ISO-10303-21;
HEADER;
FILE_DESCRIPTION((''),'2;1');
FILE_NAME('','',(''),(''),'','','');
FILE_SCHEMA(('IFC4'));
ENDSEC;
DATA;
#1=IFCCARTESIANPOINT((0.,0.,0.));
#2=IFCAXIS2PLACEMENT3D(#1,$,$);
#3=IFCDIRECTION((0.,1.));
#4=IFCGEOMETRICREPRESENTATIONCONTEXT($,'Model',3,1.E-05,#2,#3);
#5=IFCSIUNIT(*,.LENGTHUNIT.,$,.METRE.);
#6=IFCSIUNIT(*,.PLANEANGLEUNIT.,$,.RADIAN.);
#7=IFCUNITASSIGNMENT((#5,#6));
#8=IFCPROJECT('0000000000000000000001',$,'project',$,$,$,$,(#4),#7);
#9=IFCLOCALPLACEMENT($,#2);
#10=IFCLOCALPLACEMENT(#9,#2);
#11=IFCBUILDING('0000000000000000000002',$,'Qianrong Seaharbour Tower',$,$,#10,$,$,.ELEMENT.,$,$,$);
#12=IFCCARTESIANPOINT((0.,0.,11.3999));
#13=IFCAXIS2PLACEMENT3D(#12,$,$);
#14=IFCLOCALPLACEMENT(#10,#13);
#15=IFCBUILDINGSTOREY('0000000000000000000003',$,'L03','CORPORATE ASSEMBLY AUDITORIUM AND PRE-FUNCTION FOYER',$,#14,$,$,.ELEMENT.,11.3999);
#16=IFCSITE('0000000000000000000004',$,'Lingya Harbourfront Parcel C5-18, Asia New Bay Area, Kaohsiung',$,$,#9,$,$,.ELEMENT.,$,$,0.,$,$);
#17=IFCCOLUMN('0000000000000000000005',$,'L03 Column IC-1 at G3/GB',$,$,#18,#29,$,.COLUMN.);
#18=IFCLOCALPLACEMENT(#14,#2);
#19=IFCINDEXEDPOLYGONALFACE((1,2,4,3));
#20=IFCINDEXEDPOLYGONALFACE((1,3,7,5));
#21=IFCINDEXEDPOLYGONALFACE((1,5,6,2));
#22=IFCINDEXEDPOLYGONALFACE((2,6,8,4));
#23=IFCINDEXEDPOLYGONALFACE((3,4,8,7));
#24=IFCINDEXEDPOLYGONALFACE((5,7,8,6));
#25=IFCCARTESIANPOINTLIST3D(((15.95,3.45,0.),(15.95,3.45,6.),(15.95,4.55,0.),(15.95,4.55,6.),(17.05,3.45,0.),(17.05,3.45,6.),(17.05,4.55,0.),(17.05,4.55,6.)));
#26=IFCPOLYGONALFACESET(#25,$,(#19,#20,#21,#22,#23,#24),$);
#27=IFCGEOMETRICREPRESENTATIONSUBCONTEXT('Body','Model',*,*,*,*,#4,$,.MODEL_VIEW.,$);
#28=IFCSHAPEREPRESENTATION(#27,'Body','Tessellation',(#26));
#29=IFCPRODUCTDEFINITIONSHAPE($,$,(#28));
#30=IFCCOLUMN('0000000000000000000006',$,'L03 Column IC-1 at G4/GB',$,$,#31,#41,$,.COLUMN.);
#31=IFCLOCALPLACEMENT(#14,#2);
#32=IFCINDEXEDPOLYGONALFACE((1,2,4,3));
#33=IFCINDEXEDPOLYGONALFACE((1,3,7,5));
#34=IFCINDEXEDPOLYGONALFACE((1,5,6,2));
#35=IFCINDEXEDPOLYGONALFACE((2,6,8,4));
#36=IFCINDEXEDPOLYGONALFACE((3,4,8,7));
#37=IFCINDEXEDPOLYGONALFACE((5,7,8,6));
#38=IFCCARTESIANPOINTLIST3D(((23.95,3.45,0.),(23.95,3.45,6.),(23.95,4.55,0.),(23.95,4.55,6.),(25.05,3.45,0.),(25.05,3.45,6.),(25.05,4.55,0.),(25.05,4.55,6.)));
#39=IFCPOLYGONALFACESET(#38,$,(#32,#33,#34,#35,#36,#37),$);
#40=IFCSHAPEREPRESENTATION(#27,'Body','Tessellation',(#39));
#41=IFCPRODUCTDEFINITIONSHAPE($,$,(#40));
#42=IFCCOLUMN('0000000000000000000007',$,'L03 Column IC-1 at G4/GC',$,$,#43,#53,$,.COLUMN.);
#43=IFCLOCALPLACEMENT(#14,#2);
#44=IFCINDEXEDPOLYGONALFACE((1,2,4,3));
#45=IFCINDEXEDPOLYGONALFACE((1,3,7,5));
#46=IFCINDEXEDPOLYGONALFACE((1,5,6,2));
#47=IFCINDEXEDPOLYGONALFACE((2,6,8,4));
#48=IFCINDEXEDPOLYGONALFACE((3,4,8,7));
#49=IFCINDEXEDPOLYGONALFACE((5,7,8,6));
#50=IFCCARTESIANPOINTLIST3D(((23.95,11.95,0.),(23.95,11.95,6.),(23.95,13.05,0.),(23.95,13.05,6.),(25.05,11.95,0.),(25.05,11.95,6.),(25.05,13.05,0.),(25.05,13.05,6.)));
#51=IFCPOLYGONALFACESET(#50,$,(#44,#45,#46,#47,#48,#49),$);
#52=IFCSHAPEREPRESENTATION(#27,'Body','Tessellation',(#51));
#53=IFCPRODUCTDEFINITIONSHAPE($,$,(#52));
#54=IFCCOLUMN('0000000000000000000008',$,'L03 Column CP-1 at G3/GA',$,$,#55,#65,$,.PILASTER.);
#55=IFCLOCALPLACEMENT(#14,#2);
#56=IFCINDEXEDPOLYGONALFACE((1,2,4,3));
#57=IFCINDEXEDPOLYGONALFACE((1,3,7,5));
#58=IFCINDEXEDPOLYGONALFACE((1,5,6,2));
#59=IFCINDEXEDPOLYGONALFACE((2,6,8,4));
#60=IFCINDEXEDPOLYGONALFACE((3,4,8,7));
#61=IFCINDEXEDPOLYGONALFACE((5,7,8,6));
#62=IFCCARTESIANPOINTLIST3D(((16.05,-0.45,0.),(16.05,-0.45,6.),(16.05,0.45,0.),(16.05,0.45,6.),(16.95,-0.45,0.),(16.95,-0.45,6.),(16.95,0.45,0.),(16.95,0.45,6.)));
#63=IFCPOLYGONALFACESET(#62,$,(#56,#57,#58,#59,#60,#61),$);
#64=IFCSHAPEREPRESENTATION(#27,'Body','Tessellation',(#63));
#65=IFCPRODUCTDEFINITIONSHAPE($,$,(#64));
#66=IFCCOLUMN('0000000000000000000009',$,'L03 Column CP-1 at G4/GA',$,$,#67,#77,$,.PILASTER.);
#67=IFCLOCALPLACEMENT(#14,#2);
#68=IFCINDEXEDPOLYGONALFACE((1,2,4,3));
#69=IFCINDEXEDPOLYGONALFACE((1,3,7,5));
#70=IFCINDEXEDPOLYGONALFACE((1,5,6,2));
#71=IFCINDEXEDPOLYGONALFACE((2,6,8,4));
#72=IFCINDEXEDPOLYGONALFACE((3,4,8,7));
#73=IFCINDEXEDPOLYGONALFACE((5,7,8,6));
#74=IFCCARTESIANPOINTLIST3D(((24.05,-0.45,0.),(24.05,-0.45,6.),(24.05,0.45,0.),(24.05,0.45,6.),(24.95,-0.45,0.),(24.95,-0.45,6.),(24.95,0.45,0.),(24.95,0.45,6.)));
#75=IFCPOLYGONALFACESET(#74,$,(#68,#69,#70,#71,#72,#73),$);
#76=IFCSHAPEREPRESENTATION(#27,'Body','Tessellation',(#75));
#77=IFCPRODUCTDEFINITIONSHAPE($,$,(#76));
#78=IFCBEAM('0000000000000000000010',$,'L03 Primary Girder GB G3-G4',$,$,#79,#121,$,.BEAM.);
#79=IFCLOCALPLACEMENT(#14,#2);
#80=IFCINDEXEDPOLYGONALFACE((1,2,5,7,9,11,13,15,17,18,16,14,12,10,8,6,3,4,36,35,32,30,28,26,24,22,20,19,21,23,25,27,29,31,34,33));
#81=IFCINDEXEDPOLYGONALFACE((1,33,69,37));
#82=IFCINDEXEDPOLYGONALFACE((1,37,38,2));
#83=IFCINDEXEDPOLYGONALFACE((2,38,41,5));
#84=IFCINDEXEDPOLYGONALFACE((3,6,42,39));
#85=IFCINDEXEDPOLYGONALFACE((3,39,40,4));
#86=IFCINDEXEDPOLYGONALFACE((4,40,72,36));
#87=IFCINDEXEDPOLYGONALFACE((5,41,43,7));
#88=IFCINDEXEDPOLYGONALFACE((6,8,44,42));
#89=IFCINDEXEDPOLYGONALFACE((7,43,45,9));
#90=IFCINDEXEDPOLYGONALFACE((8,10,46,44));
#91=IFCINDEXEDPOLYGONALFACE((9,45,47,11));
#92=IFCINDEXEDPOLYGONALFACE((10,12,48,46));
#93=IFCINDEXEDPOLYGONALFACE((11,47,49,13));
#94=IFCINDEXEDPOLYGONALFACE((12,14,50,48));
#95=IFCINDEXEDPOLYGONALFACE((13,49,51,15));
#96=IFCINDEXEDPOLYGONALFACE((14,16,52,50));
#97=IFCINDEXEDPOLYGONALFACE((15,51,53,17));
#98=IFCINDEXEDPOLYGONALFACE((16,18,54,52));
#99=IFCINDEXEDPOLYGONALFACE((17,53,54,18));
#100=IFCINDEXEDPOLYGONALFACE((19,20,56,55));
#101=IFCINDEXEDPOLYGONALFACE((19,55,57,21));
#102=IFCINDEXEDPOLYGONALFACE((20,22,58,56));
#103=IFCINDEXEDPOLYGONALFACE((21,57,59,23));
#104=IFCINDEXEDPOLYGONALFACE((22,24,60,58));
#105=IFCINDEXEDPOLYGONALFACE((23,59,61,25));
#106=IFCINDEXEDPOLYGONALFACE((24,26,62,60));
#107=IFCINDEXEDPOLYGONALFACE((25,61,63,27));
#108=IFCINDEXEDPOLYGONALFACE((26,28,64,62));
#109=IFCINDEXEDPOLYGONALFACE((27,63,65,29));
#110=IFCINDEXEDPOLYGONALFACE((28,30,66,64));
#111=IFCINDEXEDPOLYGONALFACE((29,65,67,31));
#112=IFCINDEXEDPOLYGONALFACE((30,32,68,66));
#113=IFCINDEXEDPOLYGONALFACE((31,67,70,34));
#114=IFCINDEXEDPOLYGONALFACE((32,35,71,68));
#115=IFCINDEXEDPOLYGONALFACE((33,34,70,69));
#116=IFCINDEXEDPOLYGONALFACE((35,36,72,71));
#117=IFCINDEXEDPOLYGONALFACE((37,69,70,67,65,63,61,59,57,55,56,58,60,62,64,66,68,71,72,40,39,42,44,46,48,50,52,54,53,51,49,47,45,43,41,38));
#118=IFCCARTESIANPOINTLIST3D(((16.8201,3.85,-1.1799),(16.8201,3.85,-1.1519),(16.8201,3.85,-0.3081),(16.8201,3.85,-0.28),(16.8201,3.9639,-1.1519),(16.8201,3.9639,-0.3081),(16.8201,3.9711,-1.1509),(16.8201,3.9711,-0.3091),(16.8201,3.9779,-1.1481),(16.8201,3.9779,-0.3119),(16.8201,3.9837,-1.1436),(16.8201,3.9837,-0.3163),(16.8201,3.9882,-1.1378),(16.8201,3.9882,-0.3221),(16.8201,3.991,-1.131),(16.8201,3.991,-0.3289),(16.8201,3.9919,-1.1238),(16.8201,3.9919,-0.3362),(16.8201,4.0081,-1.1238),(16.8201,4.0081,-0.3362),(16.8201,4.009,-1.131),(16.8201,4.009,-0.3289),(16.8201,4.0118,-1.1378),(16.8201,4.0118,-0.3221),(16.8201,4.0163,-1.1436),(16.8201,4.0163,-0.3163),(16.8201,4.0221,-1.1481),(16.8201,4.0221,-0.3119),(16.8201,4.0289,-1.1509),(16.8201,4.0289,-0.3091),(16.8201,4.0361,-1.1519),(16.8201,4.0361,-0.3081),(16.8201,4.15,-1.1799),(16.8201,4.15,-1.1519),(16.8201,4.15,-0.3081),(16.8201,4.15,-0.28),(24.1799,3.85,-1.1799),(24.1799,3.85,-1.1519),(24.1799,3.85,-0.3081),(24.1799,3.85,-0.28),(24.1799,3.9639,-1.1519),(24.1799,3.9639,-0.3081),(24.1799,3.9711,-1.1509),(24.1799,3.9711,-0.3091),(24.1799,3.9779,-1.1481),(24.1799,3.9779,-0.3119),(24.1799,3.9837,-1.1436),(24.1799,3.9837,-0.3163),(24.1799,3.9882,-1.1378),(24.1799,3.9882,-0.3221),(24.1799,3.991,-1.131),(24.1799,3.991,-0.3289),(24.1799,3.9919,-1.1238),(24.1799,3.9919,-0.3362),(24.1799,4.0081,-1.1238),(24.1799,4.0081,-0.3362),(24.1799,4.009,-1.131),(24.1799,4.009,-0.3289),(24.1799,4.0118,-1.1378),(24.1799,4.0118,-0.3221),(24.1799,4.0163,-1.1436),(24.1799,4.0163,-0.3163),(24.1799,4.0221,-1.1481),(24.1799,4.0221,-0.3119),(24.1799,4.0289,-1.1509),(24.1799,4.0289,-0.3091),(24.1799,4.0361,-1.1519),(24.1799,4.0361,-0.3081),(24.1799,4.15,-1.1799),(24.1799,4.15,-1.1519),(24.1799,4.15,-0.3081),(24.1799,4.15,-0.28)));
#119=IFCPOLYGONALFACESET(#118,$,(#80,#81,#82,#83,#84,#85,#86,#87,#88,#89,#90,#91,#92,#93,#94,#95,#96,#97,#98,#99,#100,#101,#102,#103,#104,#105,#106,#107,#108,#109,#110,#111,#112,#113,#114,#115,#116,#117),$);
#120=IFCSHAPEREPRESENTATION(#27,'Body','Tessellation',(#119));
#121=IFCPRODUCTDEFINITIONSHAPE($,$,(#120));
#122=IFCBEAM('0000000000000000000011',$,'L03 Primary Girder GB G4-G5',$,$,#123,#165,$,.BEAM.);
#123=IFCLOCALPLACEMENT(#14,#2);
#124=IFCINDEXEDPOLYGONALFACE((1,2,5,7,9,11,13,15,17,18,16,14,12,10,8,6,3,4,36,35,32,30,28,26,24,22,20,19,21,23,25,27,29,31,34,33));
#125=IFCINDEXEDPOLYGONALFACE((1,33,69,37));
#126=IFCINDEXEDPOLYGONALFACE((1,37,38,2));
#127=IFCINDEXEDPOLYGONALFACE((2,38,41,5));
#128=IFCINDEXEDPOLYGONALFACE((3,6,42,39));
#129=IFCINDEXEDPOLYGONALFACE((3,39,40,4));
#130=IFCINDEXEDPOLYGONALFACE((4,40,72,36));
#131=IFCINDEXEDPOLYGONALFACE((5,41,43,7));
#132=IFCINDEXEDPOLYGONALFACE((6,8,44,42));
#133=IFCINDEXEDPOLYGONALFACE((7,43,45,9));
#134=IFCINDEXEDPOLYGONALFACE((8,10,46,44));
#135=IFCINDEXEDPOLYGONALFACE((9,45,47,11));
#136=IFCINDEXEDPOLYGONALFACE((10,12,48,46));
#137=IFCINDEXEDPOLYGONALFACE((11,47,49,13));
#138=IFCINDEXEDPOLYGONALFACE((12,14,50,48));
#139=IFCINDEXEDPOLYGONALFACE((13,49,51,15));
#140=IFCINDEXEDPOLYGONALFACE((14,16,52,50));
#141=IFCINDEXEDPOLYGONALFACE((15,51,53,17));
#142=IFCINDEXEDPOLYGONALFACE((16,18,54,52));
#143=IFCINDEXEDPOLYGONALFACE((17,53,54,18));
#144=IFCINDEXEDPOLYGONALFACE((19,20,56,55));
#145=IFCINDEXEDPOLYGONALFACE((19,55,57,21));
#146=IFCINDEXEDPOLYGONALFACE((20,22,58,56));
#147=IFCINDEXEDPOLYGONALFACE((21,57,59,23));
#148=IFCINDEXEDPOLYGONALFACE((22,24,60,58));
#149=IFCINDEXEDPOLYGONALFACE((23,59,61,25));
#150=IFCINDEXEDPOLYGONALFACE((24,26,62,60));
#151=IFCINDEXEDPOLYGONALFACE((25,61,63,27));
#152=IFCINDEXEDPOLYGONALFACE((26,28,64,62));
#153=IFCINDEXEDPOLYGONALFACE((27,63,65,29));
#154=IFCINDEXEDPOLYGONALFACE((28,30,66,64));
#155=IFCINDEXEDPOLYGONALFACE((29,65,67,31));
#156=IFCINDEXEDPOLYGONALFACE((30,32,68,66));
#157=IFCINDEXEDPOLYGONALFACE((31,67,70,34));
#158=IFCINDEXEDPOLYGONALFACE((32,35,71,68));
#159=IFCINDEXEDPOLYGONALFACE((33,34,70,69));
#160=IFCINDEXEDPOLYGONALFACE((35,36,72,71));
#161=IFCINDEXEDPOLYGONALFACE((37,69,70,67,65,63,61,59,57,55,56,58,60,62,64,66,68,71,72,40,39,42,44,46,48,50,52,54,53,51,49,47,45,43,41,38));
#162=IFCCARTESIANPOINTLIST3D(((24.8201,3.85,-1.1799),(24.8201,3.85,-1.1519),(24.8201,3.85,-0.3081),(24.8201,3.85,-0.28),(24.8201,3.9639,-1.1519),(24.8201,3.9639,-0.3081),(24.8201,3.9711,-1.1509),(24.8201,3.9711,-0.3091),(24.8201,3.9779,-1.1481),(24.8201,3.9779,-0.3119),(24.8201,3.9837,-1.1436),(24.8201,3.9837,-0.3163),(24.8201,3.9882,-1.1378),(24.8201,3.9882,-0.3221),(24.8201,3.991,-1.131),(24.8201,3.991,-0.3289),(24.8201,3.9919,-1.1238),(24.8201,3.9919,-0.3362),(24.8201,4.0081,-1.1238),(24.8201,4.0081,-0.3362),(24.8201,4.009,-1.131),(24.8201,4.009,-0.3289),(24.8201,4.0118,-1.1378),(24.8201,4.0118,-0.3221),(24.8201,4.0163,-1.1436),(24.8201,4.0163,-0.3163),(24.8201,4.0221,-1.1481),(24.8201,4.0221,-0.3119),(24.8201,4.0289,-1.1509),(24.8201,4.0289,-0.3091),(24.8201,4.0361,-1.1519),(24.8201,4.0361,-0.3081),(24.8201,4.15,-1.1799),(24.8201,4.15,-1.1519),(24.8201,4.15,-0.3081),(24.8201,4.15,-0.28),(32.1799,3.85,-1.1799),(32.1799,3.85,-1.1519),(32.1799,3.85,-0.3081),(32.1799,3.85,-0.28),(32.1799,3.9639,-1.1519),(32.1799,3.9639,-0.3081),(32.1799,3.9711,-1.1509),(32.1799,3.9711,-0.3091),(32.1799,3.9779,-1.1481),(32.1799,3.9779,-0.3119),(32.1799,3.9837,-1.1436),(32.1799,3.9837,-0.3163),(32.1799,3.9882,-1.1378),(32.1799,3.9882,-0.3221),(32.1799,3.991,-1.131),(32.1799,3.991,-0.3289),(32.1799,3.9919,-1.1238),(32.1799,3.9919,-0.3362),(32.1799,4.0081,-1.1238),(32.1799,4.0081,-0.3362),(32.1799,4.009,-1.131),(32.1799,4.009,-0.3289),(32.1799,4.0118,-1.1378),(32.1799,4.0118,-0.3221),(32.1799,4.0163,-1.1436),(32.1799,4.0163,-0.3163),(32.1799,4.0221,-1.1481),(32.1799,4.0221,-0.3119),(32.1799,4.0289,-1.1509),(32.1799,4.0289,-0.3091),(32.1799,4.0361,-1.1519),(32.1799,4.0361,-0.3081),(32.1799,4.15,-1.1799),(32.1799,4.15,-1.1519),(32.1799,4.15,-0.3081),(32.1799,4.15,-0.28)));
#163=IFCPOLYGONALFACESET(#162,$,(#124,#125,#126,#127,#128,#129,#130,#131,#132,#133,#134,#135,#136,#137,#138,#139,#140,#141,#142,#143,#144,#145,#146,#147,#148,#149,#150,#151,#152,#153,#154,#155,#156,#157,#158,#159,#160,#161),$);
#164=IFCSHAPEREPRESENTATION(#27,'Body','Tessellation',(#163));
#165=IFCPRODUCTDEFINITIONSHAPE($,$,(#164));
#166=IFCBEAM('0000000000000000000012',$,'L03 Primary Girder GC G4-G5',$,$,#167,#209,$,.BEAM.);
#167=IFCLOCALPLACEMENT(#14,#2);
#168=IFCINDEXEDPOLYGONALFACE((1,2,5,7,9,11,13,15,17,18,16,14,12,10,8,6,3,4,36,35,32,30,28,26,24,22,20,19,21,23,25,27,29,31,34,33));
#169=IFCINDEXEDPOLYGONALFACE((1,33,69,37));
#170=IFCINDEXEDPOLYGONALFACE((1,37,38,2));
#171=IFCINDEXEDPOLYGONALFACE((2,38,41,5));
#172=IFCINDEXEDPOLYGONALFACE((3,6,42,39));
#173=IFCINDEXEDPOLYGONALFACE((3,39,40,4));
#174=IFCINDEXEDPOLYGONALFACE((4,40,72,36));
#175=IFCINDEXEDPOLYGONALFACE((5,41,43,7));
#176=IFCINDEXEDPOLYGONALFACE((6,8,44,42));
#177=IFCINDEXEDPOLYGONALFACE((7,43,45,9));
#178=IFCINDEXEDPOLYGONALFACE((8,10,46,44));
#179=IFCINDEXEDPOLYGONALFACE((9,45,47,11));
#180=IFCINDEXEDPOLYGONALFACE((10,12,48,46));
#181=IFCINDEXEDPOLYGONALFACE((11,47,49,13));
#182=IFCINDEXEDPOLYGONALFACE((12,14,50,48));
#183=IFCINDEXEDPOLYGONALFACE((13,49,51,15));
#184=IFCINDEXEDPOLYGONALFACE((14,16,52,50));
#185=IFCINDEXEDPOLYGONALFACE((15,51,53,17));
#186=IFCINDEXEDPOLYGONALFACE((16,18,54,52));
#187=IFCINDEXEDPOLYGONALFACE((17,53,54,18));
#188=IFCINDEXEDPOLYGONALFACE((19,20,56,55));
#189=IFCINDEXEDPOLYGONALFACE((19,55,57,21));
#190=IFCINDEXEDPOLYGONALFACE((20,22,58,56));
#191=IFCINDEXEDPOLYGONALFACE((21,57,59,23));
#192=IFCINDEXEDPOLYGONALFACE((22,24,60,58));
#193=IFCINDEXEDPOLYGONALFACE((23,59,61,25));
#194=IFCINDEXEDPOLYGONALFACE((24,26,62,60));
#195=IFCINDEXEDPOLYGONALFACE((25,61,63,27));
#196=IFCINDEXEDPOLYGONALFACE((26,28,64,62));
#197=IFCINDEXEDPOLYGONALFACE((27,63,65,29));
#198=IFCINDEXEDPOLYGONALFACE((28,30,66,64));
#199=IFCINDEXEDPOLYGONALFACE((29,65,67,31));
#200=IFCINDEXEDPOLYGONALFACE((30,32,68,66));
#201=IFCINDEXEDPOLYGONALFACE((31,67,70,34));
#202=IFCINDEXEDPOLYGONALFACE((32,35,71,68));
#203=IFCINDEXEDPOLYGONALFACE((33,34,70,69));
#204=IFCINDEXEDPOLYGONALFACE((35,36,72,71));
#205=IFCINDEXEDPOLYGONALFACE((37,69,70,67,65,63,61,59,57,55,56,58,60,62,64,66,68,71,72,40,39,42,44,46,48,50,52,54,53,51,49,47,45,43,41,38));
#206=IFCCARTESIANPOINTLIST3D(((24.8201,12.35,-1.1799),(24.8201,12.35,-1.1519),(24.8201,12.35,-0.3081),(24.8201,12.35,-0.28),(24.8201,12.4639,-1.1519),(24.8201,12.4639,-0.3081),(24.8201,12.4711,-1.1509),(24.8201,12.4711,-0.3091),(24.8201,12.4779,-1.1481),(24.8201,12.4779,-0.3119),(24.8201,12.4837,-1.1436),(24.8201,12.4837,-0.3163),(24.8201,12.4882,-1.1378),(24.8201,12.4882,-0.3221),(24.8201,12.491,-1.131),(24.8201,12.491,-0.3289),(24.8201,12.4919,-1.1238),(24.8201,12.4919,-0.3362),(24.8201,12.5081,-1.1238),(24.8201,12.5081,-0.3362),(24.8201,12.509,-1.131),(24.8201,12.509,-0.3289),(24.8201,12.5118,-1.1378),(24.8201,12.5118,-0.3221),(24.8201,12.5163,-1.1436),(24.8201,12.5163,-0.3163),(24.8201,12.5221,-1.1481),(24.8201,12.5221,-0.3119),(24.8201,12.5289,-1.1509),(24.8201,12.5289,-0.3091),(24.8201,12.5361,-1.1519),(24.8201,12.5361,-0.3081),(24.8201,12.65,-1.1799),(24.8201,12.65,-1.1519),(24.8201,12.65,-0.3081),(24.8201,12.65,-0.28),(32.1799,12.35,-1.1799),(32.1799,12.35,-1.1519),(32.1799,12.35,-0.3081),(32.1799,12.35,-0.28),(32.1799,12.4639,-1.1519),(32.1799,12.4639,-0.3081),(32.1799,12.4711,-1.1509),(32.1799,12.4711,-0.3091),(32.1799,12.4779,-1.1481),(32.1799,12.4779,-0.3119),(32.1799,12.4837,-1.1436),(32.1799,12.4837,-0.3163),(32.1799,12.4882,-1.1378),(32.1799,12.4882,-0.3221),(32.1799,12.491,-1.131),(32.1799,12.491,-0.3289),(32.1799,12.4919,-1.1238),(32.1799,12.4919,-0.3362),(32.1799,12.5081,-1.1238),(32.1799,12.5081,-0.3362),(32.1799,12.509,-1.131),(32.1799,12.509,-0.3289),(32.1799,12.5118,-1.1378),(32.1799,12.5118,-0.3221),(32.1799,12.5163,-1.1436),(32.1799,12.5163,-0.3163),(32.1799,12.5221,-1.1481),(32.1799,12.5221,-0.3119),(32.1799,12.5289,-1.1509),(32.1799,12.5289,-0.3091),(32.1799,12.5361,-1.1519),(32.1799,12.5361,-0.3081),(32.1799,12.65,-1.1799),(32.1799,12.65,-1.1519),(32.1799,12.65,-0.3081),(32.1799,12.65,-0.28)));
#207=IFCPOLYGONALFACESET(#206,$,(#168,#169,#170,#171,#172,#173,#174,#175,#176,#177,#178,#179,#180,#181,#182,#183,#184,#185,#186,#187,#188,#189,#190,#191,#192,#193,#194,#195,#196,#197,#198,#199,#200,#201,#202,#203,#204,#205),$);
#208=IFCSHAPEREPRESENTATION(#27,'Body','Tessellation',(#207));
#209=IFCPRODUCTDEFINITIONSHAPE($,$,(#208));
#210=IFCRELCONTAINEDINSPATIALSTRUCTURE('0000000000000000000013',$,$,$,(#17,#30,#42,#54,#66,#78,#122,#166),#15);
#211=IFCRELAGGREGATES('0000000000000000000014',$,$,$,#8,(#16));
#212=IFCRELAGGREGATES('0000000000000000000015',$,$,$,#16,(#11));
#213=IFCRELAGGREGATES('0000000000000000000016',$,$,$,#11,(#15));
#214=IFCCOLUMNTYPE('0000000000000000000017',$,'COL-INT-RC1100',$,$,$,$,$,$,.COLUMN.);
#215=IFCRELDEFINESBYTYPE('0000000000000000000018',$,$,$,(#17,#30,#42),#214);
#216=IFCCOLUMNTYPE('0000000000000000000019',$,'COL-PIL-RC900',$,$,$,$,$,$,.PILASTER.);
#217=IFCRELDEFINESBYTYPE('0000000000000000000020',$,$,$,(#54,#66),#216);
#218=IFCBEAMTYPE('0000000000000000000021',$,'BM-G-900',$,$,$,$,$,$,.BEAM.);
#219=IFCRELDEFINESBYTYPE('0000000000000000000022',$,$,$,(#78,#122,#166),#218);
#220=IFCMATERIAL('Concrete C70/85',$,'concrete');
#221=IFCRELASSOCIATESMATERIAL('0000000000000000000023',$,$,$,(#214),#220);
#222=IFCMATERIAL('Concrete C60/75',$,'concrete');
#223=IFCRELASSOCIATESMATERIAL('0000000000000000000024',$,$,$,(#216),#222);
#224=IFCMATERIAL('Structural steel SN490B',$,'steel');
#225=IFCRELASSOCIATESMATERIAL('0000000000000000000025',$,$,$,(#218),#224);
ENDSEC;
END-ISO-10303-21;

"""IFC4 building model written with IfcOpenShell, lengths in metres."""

from ifc_helpers import new_model, si_unit, direction, frame, origin, origin_2d, place, context, subcontext, project, spatial, rectangle, i_section, extrude, material, material_profile, profile_set, type_object, element, save


model = new_model("IFC4")

# Units and contexts
model_context = context("Model", 3, precision=1e-05, world=origin(), true_north=direction((0.0, 1.0)))
body_context = subcontext(model_context, "Body", "Model", "MODEL_VIEW")
ifc_project = project(units=[si_unit("LENGTHUNIT", "METRE"), si_unit("PLANEANGLEUNIT", "RADIAN")], contexts=[model_context])

# Site, building, storey
site_placement = place(None, origin())
site = spatial("IfcSite", under=ifc_project, at=site_placement, Name="Lingya Harbourfront Parcel C5-18, Asia New Bay Area, Kaohsiung", CompositionType="ELEMENT", RefElevation=0.0)
building_placement = place(site_placement, origin())
building = spatial("IfcBuilding", under=site, at=building_placement, Name="Qianrong Seaharbour Tower", CompositionType="ELEMENT")
storey_placement = place(building_placement, frame((0.0, 0.0, 11.3999)))
storey = spatial("IfcBuildingStorey", under=building, at=storey_placement, Name="L03", Description="CORPORATE ASSEMBLY AUDITORIUM AND PRE-FUNCTION FOYER", CompositionType="ELEMENT", Elevation=11.3999)

# Columns
ifc_material_1 = material(Name="Concrete C70/85", Category="concrete")
ifc_material_profile_1 = material_profile(ifc_material_1, rectangle(XDim=1.1001, YDim=1.1001, at=origin_2d()), Name="RC1100x1100")
ifc_profile_set_1 = profile_set([ifc_material_profile_1], Name="Concrete C70/85")
column_type_1 = type_object("IfcColumnType", Name="COL-INT-RC1100", PredefinedType="COLUMN", material=ifc_profile_set_1)
for number, where, z_axis, x_axis, name in (
    (1, (16.5, 4.0, 0.0), (0.0, 0.0, 1.0), (1.0, 0.0, 0.0), "L03 Column IC-1 at G3/GB"),
    (2, (24.5, 4.0, 0.0), (0.0, 0.0, 1.0), (1.0, 0.0, 0.0), "L03 Column IC-1 at G4/GB"),
    (3, (24.5, 12.5, 0.0), (0.0, 0.0, 1.0), (1.0, 0.0, 0.0), "L03 Column IC-1 at G4/GC"),
):
    element("IfcColumn", number, at=place(storey_placement, frame(where, z_axis=z_axis, x_axis=x_axis)), inside=storey, type_object=column_type_1, Name=name, PredefinedType="COLUMN", context=body_context, shape_type="SweptSolid", body=[
        extrude(rectangle(XDim=1.1001, YDim=1.1001, at=origin_2d()), origin(), (0.0, 0.0, 1.0), 6.0),
    ])
ifc_material_2 = material(Name="Concrete C60/75", Category="concrete")
ifc_material_profile_2 = material_profile(ifc_material_2, rectangle(XDim=0.8999, YDim=0.8999, at=origin_2d()), Name="RC900x900")
ifc_profile_set_2 = profile_set([ifc_material_profile_2], Name="Concrete C60/75")
column_type_2 = type_object("IfcColumnType", Name="COL-PIL-RC900", PredefinedType="PILASTER", material=ifc_profile_set_2)
for number, where, z_axis, x_axis, name in (
    (4, (16.5, 0.0, 0.0), (0.0, 0.0, 1.0), (1.0, 0.0, 0.0), "L03 Column CP-1 at G3/GA"),
    (5, (24.5, 0.0, 0.0), (0.0, 0.0, 1.0), (1.0, 0.0, 0.0), "L03 Column CP-1 at G4/GA"),
):
    element("IfcColumn", number, at=place(storey_placement, frame(where, z_axis=z_axis, x_axis=x_axis)), inside=storey, type_object=column_type_2, Name=name, PredefinedType="PILASTER", context=body_context, shape_type="SweptSolid", body=[
        extrude(rectangle(XDim=0.8999, YDim=0.8999, at=origin_2d()), origin(), (0.0, 0.0, 1.0), 6.0),
    ])

# Beams
ifc_material_3 = material(Name="Structural steel SN490B", Category="steel")
ifc_material_profile_3 = material_profile(ifc_material_3, i_section(OverallWidth=0.3, OverallDepth=0.8999, WebThickness=0.0161, FlangeThickness=0.0281, FilletRadius=0.0281, at=origin_2d()), Name="H900x300x16x28")
ifc_profile_set_3 = profile_set([ifc_material_profile_3], Name="Structural steel SN490B")
beam_type_1 = type_object("IfcBeamType", Name="BM-G-900", PredefinedType="BEAM", material=ifc_profile_set_3)
for number, where, z_axis, x_axis, name in (
    (6, (16.8201, 4.0, -0.73), (1.0, 0.0, 0.0), (0.0, 1.0, 0.0), "L03 Primary Girder GB G3-G4"),
    (7, (24.8201, 4.0, -0.73), (1.0, 0.0, 0.0), (0.0, 1.0, 0.0), "L03 Primary Girder GB G4-G5"),
    (8, (24.8201, 12.5, -0.73), (1.0, 0.0, 0.0), (0.0, 1.0, 0.0), "L03 Primary Girder GC G4-G5"),
):
    element("IfcBeam", number, at=place(storey_placement, frame(where, z_axis=z_axis, x_axis=x_axis)), inside=storey, type_object=beam_type_1, Name=name, PredefinedType="BEAM", context=body_context, shape_type="SweptSolid", body=[
        extrude(i_section(OverallWidth=0.3, OverallDepth=0.8999, WebThickness=0.0161, FlangeThickness=0.0281, FilletRadius=0.0281, at=origin_2d()), origin(), (0.0, 0.0, 1.0), 7.3599),
    ])

save(model, "model.ifc")
